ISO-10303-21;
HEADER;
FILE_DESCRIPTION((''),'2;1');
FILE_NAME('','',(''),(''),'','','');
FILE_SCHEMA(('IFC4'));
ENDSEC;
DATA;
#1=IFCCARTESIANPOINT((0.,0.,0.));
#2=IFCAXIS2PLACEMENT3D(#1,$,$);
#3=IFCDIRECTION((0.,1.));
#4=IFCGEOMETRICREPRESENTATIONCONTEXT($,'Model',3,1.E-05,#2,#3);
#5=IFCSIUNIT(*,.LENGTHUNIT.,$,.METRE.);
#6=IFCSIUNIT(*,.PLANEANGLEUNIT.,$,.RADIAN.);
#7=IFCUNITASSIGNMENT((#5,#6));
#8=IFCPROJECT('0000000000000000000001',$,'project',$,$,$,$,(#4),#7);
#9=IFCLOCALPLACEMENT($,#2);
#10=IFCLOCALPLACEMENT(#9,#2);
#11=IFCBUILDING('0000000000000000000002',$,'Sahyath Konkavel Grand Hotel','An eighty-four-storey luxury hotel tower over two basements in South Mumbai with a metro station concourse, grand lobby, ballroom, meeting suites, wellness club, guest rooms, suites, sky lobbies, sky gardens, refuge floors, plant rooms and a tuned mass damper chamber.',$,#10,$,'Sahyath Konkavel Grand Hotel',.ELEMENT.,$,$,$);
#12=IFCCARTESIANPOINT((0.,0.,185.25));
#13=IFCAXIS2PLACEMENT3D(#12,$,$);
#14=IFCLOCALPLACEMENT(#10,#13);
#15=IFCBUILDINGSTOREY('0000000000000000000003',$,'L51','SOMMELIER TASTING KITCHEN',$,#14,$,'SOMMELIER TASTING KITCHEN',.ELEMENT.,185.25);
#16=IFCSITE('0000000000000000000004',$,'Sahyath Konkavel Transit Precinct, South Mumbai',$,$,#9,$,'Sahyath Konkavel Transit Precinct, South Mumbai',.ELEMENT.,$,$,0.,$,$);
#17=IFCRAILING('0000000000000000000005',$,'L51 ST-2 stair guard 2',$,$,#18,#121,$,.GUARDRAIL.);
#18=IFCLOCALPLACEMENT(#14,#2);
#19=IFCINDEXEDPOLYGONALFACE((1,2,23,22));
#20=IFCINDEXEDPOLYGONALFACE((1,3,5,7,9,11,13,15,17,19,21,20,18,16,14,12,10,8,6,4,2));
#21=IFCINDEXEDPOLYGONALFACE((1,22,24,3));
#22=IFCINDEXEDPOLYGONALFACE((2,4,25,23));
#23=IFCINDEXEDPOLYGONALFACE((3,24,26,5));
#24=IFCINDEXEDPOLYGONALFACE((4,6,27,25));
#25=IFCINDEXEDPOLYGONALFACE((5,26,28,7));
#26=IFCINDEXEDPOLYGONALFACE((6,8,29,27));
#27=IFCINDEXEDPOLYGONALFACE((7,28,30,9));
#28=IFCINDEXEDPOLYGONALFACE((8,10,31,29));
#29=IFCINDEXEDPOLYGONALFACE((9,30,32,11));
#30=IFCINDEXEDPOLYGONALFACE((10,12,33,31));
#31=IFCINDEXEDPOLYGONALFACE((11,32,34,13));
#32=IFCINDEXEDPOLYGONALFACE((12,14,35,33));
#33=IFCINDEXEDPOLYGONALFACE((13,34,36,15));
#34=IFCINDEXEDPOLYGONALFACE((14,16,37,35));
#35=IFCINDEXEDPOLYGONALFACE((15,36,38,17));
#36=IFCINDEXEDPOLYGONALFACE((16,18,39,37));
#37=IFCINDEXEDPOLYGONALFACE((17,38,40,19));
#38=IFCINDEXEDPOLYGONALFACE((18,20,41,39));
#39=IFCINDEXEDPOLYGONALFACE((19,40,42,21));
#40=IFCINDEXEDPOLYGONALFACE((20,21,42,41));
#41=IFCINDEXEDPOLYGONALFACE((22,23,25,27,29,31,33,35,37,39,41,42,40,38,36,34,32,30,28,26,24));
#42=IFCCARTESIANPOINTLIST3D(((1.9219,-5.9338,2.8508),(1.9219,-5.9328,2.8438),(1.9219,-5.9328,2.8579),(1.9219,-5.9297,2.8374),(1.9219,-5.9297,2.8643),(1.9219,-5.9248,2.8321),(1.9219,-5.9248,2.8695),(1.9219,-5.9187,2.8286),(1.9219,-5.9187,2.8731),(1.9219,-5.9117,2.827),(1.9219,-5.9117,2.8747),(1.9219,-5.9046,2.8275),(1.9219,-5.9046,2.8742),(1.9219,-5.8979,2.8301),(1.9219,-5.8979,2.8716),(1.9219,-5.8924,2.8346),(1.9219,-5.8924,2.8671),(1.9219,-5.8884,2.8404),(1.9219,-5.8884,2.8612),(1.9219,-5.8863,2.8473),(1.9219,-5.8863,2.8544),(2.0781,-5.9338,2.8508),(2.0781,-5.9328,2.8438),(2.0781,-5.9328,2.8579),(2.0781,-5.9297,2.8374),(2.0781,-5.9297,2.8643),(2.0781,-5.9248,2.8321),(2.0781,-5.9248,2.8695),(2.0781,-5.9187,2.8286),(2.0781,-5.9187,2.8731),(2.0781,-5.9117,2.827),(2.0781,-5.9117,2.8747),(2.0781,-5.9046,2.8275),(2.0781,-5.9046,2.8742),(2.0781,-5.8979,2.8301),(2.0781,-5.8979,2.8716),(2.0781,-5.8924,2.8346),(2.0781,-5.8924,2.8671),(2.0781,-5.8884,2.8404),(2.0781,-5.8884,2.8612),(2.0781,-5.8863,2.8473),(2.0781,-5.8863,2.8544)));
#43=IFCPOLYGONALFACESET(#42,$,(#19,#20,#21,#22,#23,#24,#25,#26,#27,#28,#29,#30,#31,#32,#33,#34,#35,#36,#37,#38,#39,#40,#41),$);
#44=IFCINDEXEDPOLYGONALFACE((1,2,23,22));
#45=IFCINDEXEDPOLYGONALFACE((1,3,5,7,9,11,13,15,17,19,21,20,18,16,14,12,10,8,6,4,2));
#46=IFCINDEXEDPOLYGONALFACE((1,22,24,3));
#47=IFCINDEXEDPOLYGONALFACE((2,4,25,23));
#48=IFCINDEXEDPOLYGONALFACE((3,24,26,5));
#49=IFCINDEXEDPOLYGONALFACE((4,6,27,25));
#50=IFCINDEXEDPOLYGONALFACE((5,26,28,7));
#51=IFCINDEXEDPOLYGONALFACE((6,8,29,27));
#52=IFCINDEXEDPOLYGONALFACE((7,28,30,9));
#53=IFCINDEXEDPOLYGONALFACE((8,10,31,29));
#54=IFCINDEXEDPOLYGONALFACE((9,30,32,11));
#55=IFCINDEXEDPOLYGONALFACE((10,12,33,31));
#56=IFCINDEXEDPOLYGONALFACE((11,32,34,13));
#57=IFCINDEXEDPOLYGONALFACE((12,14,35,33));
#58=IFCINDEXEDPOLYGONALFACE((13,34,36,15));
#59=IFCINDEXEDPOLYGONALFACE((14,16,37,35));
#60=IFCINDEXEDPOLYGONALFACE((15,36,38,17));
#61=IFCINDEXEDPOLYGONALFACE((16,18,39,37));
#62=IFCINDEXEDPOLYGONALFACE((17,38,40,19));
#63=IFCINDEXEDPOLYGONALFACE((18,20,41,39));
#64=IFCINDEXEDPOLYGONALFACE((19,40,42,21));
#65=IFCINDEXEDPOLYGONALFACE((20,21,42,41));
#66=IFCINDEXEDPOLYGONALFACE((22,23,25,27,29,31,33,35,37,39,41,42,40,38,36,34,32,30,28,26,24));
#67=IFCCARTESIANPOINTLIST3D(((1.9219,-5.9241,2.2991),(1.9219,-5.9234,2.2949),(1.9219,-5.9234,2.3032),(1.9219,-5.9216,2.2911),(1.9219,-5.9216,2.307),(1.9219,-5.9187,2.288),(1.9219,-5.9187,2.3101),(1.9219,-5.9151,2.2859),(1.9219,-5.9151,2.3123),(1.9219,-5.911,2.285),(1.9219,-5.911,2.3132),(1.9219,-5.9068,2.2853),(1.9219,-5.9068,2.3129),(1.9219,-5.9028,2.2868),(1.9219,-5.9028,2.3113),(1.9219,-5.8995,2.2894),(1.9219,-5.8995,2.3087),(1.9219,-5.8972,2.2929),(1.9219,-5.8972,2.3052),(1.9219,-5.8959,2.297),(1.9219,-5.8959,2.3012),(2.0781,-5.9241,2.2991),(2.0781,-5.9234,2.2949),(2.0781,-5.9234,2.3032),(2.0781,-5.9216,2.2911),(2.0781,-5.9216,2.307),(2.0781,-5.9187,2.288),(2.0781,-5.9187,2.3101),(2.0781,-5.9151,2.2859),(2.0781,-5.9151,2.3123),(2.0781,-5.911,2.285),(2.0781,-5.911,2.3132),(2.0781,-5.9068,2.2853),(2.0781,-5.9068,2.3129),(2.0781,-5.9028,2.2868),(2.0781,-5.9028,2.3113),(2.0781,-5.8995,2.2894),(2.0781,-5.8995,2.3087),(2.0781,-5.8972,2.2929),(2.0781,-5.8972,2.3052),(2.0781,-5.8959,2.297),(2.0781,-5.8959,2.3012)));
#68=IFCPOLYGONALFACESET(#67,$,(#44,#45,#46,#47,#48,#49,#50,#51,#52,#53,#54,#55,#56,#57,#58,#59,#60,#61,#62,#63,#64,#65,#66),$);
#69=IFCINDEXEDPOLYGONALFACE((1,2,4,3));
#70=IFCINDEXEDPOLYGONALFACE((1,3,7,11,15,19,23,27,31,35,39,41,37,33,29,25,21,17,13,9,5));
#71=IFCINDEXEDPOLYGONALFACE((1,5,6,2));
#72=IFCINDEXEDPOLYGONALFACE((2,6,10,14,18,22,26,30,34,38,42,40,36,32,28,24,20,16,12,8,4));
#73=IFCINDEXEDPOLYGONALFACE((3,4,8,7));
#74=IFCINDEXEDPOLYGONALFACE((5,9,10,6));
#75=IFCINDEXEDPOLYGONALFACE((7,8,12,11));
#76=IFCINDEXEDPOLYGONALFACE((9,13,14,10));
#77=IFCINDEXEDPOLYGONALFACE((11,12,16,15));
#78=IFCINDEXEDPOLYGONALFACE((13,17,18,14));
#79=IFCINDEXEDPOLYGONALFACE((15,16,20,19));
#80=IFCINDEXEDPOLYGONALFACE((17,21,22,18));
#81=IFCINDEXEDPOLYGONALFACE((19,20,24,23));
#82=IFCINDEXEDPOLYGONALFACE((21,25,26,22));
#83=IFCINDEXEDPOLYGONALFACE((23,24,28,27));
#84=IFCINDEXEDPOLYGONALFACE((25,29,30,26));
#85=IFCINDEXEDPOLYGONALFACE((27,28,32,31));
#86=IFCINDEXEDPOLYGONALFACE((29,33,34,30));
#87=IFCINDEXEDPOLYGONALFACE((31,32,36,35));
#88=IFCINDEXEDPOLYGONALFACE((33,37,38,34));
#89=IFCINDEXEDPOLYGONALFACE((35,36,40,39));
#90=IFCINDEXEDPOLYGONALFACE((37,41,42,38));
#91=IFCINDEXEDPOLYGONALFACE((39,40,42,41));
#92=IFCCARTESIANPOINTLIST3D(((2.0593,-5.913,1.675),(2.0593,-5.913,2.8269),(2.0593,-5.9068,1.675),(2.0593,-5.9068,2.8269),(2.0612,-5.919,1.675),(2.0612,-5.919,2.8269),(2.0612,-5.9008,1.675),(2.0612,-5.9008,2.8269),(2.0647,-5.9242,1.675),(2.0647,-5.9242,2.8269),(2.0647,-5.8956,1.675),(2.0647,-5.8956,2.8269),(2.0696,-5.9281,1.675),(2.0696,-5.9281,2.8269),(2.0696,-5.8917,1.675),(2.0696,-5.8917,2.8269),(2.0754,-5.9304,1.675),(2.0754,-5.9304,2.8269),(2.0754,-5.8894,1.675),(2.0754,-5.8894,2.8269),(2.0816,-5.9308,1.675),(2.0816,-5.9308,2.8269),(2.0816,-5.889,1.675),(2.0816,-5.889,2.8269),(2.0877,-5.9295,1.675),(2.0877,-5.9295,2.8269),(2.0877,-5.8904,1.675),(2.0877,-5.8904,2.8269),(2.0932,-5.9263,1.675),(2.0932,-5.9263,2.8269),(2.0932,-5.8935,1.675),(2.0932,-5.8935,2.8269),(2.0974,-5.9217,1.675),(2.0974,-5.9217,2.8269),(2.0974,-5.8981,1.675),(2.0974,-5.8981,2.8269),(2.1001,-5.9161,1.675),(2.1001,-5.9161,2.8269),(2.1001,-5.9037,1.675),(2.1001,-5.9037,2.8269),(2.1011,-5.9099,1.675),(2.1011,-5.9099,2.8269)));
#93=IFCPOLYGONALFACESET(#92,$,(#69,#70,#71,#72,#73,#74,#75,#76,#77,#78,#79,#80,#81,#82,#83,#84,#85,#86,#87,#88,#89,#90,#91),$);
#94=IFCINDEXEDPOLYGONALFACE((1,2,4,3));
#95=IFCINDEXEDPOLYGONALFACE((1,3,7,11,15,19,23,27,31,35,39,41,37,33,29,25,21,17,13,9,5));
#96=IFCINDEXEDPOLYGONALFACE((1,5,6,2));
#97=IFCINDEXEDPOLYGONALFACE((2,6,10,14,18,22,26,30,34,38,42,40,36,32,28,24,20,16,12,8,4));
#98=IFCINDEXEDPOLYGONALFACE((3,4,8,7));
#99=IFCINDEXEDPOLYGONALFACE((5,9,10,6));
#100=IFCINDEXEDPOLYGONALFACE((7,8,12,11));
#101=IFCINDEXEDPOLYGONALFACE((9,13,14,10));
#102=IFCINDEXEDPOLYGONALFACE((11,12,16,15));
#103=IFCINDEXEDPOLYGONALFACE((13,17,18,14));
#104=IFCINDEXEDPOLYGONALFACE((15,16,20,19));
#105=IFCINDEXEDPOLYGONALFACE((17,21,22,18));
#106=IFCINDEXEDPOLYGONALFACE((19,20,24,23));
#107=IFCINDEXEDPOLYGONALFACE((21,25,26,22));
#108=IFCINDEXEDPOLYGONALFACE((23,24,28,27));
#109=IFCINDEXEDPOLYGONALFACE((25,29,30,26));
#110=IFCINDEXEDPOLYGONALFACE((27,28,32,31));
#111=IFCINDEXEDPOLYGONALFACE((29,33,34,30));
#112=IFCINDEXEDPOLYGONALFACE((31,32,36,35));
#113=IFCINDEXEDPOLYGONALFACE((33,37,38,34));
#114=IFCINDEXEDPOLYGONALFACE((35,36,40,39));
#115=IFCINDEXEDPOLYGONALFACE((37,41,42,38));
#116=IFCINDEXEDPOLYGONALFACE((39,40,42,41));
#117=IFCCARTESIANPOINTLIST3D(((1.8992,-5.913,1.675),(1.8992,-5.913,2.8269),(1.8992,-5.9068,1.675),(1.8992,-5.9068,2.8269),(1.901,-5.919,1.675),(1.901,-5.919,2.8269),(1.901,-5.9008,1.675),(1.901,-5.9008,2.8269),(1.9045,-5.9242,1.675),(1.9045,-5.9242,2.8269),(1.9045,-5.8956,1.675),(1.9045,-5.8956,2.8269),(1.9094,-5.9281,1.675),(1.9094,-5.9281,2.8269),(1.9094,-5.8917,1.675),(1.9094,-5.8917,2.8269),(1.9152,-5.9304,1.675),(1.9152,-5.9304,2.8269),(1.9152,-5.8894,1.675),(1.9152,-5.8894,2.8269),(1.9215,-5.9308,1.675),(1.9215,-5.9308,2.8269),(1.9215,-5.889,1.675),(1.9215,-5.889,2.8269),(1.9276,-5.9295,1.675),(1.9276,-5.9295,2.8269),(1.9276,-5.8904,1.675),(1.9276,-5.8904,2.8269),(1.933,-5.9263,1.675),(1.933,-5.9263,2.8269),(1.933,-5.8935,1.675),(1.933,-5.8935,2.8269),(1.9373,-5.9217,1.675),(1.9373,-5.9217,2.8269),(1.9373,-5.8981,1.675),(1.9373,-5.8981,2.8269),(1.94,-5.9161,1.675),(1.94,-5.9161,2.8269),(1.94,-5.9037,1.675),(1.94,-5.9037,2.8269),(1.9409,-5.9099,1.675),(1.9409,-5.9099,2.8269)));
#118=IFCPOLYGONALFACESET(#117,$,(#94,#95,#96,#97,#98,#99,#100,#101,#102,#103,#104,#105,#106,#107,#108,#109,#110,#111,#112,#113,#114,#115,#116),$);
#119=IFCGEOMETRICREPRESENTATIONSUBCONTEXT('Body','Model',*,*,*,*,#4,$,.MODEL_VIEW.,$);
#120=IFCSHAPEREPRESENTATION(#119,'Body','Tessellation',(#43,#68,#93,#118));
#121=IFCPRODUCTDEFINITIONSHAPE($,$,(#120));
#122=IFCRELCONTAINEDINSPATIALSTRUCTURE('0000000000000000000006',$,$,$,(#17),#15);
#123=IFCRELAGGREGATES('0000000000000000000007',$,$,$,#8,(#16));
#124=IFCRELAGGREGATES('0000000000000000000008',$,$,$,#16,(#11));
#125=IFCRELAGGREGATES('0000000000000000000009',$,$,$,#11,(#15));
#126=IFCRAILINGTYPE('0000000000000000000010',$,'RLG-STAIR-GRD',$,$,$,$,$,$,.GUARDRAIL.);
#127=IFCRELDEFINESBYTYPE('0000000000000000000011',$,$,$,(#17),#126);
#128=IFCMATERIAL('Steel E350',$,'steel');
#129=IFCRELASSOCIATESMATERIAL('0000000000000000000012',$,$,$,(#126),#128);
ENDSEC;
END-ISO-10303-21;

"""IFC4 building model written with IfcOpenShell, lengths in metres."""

from ifc_helpers import new_model, si_unit, direction, frame, origin, origin_2d, place, context, subcontext, project, spatial, circle, extrude, material, type_object, element, save


model = new_model("IFC4")

# Units and contexts
model_context = context("Model", 3, precision=1e-05, world=origin(), true_north=direction((0.0, 1.0)))
body_context = subcontext(model_context, "Body", "Model", "MODEL_VIEW")
ifc_project = project(units=[si_unit("LENGTHUNIT", "METRE"), si_unit("PLANEANGLEUNIT", "RADIAN")], contexts=[model_context])

# Site, building, storey
site_placement = place(None, origin())
site = spatial("IfcSite", under=ifc_project, at=site_placement, Name="Sahyath Konkavel Transit Precinct, South Mumbai", LongName="Sahyath Konkavel Transit Precinct, South Mumbai", CompositionType="ELEMENT", RefElevation=0.0)
building_placement = place(site_placement, origin())
building = spatial("IfcBuilding", under=site, at=building_placement, Name="Sahyath Konkavel Grand Hotel", Description="An eighty-four-storey luxury hotel tower over two basements in South Mumbai with a metro station concourse, grand lobby, ballroom, meeting suites, wellness club, guest rooms, suites, sky lobbies, sky gardens, refuge floors, plant rooms and a tuned mass damper chamber.", LongName="Sahyath Konkavel Grand Hotel", CompositionType="ELEMENT")
storey_placement = place(building_placement, frame((0.0, 0.0, 185.25)))
storey = spatial("IfcBuildingStorey", under=building, at=storey_placement, Name="L51", Description="SOMMELIER TASTING KITCHEN", LongName="SOMMELIER TASTING KITCHEN", CompositionType="ELEMENT", Elevation=185.25)

# Shared definitions
ifc_material_1 = material(Name="Steel E350", Category="steel")

# Railing
railing_type_1 = type_object("IfcRailingType", Name="RLG-STAIR-GRD", PredefinedType="GUARDRAIL", material=ifc_material_1)
railing_1_placement = place(storey_placement, frame((2.0801, -5.9099, 1.675)))
element("IfcRailing", 1, at=railing_1_placement, inside=storey, type_object=railing_type_1, Name="L51 ST-2 stair guard 2", PredefinedType="GUARDRAIL", context=body_context, shape_type="SweptSolid", body=[
    extrude(circle(Radius=0.0239, at=origin_2d()), frame((-0.002, 0.0, 1.1758), z_axis=(-1.0, 0.0, 0.0), x_axis=(0.0, -1.0, 0.0)), (0.0, 0.0, 1.0), 0.1562),
    extrude(circle(Radius=0.0142, at=origin_2d()), frame((-0.002, 0.0, 0.624), z_axis=(-1.0, 0.0, 0.0), x_axis=(0.0, -1.0, 0.0)), (0.0, 0.0, 1.0), 0.1562),
    extrude(circle(Radius=0.021, at=origin_2d()), origin(), (0.0, 0.0, 1.0), 1.1519),
    extrude(circle(Radius=0.021, at=origin_2d()), frame((-0.1602, 0.0, 0.0)), (0.0, 0.0, 1.0), 1.1519),
])

save(model, "model.ifc")
